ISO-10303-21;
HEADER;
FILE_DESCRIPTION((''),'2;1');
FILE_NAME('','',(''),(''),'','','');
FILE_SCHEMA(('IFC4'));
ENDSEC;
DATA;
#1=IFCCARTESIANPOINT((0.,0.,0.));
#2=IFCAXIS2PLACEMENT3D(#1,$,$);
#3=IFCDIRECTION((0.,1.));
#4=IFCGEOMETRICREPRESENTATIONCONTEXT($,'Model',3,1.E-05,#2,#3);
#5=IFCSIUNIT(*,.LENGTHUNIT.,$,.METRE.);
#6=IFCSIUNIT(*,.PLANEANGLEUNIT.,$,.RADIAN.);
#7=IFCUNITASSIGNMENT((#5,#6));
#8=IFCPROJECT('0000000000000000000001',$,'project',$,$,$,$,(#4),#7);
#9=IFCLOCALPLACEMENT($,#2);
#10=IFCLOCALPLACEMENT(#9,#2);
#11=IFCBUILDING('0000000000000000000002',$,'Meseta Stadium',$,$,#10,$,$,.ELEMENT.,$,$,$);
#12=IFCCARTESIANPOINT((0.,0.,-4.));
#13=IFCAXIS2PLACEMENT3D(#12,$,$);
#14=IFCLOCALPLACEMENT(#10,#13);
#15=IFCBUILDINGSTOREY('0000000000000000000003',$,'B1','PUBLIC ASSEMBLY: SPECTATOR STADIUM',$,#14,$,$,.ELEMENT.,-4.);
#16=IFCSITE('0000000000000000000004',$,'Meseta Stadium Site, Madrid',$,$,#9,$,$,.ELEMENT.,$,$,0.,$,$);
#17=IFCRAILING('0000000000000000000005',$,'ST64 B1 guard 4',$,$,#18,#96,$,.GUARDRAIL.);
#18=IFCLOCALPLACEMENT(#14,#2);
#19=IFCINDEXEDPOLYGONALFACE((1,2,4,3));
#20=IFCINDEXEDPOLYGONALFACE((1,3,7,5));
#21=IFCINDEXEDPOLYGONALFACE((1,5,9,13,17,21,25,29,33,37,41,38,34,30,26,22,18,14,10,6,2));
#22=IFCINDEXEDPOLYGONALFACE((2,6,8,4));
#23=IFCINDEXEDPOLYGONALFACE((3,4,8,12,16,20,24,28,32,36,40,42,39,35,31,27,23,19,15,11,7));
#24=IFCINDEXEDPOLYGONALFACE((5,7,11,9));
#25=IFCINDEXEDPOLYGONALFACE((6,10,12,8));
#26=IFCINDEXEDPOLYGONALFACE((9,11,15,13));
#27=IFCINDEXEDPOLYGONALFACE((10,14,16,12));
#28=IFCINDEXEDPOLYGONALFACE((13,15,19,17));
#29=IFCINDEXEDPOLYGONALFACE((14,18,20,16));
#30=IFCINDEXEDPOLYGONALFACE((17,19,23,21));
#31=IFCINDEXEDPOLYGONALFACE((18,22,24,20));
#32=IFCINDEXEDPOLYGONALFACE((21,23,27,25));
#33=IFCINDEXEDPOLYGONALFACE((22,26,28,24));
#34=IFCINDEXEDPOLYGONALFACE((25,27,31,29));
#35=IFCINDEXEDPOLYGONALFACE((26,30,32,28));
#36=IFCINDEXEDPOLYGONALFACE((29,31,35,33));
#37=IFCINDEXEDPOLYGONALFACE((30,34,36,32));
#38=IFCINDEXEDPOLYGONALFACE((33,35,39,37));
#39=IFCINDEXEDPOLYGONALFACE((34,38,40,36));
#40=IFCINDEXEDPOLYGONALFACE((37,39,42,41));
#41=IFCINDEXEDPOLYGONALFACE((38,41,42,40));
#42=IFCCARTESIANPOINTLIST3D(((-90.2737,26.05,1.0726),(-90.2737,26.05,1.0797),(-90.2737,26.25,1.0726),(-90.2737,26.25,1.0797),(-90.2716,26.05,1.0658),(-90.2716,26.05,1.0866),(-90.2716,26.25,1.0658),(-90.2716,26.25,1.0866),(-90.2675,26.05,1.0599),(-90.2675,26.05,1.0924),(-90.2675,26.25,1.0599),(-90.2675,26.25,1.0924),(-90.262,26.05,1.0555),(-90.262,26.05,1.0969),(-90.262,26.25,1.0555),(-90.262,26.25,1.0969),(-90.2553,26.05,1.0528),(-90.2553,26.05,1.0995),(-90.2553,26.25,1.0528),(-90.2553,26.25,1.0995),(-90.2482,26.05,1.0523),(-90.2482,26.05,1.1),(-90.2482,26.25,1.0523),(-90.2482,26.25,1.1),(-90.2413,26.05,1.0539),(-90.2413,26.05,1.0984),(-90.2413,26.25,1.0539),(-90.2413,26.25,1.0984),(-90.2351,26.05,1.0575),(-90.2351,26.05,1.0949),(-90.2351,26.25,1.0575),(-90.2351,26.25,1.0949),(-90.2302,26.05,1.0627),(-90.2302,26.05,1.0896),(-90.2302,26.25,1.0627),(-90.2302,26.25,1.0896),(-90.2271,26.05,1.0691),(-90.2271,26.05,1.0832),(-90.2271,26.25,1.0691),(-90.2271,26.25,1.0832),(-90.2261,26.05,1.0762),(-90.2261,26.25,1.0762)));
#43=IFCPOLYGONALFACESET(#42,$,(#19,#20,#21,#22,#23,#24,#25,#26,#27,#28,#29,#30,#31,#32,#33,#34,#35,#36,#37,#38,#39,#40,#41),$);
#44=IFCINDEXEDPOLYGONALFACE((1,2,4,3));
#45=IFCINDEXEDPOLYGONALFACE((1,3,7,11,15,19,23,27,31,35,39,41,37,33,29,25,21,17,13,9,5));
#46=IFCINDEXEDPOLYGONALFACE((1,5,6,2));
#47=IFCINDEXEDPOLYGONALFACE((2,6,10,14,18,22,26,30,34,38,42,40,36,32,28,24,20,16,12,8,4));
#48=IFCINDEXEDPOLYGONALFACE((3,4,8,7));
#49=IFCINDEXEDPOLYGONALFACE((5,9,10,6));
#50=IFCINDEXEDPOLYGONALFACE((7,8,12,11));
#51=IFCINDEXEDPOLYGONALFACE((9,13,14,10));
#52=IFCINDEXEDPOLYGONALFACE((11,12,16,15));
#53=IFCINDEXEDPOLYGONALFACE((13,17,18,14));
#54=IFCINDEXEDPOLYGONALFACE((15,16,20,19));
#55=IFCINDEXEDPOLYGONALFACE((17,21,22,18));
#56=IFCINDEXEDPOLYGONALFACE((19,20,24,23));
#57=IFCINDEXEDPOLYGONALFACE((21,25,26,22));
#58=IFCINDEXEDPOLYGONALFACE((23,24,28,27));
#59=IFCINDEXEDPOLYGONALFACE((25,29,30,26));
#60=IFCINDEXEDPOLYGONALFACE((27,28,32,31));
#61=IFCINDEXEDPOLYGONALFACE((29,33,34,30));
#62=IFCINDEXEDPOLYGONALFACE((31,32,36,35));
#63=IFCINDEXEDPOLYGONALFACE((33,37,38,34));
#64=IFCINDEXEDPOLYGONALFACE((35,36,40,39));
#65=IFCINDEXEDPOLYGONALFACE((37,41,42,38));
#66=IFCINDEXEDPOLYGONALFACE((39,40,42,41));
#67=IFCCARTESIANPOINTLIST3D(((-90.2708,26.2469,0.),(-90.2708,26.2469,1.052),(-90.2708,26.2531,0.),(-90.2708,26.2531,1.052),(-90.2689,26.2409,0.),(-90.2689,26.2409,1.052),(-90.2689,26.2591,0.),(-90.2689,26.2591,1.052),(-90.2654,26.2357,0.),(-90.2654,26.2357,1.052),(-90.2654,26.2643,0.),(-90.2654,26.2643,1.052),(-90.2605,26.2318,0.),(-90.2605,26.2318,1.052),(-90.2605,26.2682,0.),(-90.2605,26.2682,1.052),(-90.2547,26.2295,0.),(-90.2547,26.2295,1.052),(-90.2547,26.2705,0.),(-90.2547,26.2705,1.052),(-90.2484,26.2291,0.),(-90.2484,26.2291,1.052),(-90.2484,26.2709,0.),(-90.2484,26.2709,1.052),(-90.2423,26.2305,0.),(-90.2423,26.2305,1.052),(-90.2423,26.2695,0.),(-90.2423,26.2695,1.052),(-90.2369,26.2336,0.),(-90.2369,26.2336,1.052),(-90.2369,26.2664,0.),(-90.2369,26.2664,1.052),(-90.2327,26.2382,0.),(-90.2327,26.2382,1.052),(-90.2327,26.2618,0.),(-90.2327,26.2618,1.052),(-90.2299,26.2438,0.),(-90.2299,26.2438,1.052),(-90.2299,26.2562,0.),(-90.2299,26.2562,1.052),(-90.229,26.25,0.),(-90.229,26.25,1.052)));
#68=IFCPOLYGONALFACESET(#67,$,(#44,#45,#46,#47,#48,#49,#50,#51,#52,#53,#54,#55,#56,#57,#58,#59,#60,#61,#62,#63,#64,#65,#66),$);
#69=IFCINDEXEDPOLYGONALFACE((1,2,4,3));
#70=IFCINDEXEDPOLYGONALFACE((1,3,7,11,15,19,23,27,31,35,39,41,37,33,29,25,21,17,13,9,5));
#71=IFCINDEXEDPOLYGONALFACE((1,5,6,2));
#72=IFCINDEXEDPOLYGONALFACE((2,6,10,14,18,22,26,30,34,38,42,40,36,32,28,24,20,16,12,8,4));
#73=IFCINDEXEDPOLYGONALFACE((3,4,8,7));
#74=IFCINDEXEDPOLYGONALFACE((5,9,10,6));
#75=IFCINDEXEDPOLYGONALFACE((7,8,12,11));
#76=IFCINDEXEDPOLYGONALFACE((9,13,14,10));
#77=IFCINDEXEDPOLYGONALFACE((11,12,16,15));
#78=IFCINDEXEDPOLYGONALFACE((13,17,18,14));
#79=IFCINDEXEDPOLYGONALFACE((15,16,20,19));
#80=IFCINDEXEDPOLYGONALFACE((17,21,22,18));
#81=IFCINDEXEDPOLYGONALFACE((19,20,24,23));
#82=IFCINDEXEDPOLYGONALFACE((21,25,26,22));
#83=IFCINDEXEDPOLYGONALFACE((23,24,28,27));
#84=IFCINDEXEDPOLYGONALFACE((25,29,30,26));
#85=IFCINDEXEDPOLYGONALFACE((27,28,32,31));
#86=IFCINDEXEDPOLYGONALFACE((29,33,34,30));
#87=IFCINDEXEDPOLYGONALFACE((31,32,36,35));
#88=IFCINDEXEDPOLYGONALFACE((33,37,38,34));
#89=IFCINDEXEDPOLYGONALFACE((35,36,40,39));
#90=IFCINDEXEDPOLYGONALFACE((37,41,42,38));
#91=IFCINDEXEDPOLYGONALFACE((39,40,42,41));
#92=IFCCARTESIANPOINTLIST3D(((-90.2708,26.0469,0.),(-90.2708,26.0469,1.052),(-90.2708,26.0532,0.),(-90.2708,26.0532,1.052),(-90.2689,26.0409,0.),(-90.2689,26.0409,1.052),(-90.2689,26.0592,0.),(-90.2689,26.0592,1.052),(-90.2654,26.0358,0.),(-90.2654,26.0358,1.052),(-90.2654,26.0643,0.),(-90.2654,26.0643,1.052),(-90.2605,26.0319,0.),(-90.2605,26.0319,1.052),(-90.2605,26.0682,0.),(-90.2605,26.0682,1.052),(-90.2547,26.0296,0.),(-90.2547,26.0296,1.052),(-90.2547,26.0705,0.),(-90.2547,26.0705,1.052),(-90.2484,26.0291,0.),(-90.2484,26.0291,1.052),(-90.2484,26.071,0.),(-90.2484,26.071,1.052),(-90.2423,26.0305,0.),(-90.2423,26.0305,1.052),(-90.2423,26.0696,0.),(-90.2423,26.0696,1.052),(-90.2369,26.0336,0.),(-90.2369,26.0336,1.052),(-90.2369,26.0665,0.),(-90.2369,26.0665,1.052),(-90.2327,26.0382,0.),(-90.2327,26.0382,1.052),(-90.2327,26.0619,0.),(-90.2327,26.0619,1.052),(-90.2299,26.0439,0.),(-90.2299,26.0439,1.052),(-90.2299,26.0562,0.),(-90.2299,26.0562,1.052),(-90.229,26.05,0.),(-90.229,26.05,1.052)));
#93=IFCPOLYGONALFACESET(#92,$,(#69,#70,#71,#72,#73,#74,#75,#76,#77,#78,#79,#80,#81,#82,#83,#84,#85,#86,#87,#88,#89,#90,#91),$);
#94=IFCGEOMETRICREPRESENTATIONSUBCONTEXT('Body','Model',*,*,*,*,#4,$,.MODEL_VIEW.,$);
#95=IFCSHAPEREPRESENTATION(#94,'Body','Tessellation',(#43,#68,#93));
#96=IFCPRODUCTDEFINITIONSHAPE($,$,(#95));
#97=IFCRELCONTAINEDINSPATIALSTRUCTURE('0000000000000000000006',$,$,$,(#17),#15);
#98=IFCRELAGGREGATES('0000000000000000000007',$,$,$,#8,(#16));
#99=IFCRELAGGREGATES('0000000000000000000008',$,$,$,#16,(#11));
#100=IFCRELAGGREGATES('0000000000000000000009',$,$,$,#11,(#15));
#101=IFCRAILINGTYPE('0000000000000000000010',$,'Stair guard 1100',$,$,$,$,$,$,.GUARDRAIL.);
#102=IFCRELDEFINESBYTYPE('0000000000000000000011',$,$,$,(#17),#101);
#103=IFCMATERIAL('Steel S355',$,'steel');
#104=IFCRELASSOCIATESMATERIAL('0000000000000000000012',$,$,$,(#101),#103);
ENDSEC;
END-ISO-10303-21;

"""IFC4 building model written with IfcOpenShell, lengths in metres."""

from ifc_helpers import new_model, si_unit, direction, frame, origin, origin_2d, place, context, subcontext, project, spatial, circle, extrude, material, type_object, element, save


model = new_model("IFC4")

# Units and contexts
model_context = context("Model", 3, precision=1e-05, world=origin(), true_north=direction((0.0, 1.0)))
body_context = subcontext(model_context, "Body", "Model", "MODEL_VIEW")
ifc_project = project(units=[si_unit("LENGTHUNIT", "METRE"), si_unit("PLANEANGLEUNIT", "RADIAN")], contexts=[model_context])

# Site, building, storey
site_placement = place(None, origin())
site = spatial("IfcSite", under=ifc_project, at=site_placement, Name="Meseta Stadium Site, Madrid", CompositionType="ELEMENT", RefElevation=0.0)
building_placement = place(site_placement, origin())
building = spatial("IfcBuilding", under=site, at=building_placement, Name="Meseta Stadium", CompositionType="ELEMENT")
storey_placement = place(building_placement, frame((0.0, 0.0, -4.0)))
storey = spatial("IfcBuildingStorey", under=building, at=storey_placement, Name="B1", Description="PUBLIC ASSEMBLY: SPECTATOR STADIUM", CompositionType="ELEMENT", Elevation=-4.0)

# Railing
ifc_material_1 = material(Name="Steel S355", Category="steel")
railing_type_1 = type_object("IfcRailingType", Name="Stair guard 1100", PredefinedType="GUARDRAIL", material=ifc_material_1)
railing_1_placement = place(storey_placement, frame((-90.25, 26.25, 0.0)))
element("IfcRailing", 1, at=railing_1_placement, inside=storey, type_object=railing_type_1, Name="ST64 B1 guard 4", PredefinedType="GUARDRAIL", context=body_context, shape_type="SweptSolid", body=[
    extrude(circle(Radius=0.0239, at=origin_2d()), frame((0.0, 0.0, 1.0762), z_axis=(0.0, -1.0, 0.0), x_axis=(1.0, 0.0, 0.0)), (0.0, 0.0, 1.0), 0.2),
    extrude(circle(Radius=0.021, at=origin_2d()), origin(), (0.0, 0.0, 1.0), 1.052),
    extrude(circle(Radius=0.021, at=origin_2d()), frame((0.0, -0.2, 0.0)), (0.0, 0.0, 1.0), 1.052),
])

save(model, "model.ifc")
